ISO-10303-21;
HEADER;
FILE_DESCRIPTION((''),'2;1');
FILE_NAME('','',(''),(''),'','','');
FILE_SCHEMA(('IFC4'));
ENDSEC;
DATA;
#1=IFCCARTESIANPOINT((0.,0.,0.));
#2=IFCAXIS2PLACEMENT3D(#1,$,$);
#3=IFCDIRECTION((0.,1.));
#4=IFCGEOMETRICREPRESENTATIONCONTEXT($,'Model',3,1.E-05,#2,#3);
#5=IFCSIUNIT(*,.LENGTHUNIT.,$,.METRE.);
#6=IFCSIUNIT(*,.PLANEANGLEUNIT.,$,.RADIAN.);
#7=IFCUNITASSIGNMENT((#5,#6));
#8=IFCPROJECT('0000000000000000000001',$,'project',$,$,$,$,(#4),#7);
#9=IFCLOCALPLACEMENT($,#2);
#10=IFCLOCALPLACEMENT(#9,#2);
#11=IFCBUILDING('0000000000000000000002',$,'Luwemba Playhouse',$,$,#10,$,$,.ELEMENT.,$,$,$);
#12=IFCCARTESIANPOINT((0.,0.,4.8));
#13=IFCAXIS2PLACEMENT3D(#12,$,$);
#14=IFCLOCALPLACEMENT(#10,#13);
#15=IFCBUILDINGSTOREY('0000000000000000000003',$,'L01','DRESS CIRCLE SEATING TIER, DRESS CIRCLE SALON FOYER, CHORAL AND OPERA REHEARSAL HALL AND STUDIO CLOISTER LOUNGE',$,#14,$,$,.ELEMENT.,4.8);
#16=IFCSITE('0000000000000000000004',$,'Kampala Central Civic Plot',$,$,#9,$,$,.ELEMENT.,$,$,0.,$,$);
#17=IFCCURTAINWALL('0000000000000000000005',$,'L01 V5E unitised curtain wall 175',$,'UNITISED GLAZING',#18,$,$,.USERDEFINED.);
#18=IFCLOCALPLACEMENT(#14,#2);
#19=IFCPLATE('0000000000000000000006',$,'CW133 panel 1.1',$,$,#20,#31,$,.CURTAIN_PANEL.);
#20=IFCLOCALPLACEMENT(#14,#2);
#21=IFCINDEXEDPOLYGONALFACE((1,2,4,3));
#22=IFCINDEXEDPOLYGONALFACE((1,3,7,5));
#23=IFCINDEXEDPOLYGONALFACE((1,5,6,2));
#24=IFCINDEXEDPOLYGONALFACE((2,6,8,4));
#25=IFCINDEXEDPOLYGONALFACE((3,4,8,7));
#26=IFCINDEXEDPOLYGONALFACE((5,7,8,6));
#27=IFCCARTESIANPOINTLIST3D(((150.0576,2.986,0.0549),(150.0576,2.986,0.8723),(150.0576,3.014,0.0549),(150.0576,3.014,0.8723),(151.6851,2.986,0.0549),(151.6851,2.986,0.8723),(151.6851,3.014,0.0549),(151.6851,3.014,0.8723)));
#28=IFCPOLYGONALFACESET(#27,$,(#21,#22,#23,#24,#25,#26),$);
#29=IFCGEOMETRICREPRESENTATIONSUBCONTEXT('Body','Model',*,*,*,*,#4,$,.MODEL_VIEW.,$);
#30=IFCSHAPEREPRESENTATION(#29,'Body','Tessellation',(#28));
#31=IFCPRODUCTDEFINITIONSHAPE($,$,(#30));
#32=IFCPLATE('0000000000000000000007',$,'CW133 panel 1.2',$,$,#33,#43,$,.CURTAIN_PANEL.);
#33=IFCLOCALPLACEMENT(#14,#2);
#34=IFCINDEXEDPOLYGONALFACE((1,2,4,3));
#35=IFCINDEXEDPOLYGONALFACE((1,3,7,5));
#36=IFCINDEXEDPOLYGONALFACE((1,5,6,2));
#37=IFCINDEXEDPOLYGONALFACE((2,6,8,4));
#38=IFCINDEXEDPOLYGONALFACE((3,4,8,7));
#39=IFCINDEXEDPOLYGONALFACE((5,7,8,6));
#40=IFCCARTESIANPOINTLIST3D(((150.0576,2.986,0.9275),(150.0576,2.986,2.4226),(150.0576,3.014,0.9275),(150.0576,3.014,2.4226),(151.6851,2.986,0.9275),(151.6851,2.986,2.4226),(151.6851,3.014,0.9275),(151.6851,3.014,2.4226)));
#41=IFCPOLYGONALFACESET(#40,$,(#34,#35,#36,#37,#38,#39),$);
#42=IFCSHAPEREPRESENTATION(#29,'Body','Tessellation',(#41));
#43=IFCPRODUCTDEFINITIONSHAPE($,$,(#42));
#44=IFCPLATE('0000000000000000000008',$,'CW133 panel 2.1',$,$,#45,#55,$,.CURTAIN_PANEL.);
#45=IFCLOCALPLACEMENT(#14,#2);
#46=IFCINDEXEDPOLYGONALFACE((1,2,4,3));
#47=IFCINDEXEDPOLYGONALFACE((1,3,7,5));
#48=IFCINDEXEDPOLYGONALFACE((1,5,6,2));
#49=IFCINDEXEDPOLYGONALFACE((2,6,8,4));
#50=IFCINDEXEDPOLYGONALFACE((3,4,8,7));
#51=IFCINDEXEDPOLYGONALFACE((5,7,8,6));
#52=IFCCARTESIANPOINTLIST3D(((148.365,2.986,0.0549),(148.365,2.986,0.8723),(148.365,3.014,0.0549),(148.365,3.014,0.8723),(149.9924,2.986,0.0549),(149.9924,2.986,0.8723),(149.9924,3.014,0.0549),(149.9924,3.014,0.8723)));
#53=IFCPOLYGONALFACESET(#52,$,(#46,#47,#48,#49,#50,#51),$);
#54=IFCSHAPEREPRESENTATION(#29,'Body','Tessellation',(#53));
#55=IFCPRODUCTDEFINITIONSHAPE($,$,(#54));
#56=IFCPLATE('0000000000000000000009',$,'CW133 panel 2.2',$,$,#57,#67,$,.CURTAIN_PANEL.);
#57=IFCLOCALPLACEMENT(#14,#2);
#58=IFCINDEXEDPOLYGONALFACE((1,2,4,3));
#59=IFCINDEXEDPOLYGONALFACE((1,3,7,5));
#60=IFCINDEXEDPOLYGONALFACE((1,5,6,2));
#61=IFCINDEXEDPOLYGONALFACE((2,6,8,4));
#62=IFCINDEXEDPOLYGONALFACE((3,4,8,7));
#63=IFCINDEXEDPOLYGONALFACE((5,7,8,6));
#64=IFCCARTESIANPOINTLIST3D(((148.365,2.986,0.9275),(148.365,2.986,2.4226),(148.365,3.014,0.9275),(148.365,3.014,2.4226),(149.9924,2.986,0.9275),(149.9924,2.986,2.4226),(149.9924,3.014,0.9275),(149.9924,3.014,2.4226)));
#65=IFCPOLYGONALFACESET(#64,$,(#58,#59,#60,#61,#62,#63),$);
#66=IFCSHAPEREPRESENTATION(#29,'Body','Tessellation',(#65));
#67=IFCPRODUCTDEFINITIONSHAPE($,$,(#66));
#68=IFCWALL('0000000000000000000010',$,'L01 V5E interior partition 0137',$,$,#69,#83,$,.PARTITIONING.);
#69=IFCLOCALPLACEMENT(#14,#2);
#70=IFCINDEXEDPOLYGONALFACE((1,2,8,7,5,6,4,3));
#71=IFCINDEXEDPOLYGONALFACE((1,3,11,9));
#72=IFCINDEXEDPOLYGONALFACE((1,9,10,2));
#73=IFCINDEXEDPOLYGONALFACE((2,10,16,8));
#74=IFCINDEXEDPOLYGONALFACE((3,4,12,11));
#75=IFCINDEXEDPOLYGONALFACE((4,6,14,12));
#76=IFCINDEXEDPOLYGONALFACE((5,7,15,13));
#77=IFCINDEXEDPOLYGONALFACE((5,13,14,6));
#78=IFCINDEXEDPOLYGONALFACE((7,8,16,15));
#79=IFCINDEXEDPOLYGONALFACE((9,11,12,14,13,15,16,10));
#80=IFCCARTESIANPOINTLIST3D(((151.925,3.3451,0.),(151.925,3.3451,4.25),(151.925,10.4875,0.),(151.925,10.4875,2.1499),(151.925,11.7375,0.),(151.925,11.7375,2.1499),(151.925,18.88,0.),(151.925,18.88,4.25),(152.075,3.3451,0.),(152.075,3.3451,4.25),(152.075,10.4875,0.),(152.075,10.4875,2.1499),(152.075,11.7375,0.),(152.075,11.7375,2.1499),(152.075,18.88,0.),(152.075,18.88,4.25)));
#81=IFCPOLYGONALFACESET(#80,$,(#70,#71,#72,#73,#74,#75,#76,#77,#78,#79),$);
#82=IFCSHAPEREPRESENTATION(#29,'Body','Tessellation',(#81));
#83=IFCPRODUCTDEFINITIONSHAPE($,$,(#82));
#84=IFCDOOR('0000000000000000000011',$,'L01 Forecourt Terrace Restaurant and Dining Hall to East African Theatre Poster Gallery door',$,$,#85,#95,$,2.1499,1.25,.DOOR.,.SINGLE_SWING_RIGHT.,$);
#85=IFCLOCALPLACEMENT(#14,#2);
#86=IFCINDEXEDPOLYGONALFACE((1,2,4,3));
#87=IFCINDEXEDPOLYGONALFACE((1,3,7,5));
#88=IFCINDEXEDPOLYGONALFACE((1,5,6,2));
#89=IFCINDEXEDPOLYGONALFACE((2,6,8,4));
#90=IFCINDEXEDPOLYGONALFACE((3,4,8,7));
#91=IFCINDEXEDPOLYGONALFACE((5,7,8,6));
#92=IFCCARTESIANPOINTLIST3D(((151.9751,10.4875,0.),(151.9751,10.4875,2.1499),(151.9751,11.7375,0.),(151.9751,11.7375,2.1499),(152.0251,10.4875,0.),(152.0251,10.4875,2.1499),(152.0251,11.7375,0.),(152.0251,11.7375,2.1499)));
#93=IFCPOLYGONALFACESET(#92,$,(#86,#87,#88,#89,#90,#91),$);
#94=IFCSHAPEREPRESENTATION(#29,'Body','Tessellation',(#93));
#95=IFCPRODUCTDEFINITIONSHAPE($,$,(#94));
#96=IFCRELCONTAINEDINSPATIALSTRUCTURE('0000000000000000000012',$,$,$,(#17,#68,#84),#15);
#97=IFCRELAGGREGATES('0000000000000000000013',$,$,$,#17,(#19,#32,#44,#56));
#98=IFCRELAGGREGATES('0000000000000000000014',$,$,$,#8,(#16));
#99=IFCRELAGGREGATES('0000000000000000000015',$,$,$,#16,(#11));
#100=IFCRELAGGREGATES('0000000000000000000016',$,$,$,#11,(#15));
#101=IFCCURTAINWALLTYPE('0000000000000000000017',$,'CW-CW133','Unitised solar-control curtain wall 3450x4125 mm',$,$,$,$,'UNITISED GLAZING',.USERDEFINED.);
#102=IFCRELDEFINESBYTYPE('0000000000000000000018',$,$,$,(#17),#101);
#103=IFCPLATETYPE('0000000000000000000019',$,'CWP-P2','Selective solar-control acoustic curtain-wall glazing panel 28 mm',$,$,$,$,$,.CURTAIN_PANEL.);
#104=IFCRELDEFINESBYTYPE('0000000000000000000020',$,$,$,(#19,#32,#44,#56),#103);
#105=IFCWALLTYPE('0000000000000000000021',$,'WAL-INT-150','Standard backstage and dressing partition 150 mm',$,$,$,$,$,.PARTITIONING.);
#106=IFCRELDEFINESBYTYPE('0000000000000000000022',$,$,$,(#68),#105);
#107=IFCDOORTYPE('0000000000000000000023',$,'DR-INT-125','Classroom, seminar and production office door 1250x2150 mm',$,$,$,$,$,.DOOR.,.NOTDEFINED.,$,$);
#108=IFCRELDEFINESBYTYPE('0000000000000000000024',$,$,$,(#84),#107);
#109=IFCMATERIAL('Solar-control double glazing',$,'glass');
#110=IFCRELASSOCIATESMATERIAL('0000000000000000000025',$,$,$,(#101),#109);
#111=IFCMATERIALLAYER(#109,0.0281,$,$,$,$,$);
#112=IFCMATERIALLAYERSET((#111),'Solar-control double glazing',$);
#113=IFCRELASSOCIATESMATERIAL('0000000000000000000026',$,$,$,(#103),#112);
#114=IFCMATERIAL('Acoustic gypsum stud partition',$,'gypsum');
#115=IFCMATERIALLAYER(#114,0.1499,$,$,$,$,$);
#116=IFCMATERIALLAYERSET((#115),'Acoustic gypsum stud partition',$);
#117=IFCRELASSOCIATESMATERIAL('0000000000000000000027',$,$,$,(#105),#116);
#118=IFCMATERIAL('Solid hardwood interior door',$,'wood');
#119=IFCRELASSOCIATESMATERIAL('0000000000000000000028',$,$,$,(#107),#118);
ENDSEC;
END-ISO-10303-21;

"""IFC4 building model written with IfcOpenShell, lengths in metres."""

from ifc_helpers import new_model, si_unit, direction, frame, frame_2d, origin, origin_2d, place, context, subcontext, project, spatial, rectangle, extrude, material, layer, layer_set, type_object, element, fill, aggregate, save


model = new_model("IFC4")

# Units and contexts
model_context = context("Model", 3, precision=1e-05, world=origin(), true_north=direction((0.0, 1.0)))
body_context = subcontext(model_context, "Body", "Model", "MODEL_VIEW")
ifc_project = project(units=[si_unit("LENGTHUNIT", "METRE"), si_unit("PLANEANGLEUNIT", "RADIAN")], contexts=[model_context])

# Site, building, storey
site_placement = place(None, origin())
site = spatial("IfcSite", under=ifc_project, at=site_placement, Name="Kampala Central Civic Plot", CompositionType="ELEMENT", RefElevation=0.0)
building_placement = place(site_placement, origin())
building = spatial("IfcBuilding", under=site, at=building_placement, Name="Luwemba Playhouse", CompositionType="ELEMENT")
storey_placement = place(building_placement, frame((0.0, 0.0, 4.8)))
storey = spatial("IfcBuildingStorey", under=building, at=storey_placement, Name="L01", Description="DRESS CIRCLE SEATING TIER, DRESS CIRCLE SALON FOYER, CHORAL AND OPERA REHEARSAL HALL AND STUDIO CLOISTER LOUNGE", CompositionType="ELEMENT", Elevation=4.8)

# Curtain wall
ifc_material_1 = material(Name="Solar-control double glazing", Category="glass")
curtain_wall_type_1 = type_object("IfcCurtainWallType", Name="CW-CW133", Description="Unitised solar-control curtain wall 3450x4125 mm", ElementType="UNITISED GLAZING", PredefinedType="USERDEFINED", material=ifc_material_1)
curtain_wall_1_placement = place(storey_placement, origin())
curtain_wall_1 = element("IfcCurtainWall", 1, at=curtain_wall_1_placement, inside=storey, type_object=curtain_wall_type_1, Name="L01 V5E unitised curtain wall 175", ObjectType="UNITISED GLAZING", PredefinedType="USERDEFINED")

# Plates
ifc_layer_1 = layer(ifc_material_1, 0.0281)
ifc_layer_set_1 = layer_set([ifc_layer_1], Name="Solar-control double glazing")
plate_type_1 = type_object("IfcPlateType", Name="CWP-P2", Description="Selective solar-control acoustic curtain-wall glazing panel 28 mm", PredefinedType="CURTAIN_PANEL", material=ifc_layer_set_1)
plate_1_placement = place(storey_placement, frame((150.8713, 3.0, 0.0549), z_axis=(0.0, 0.0, 1.0), x_axis=(-1.0, 0.0, 0.0)))
plate_1 = element("IfcPlate", 2, at=plate_1_placement, type_object=plate_type_1, Name="CW133 panel 1.1", PredefinedType="CURTAIN_PANEL", context=body_context, shape_type="SweptSolid", body=[
    extrude(rectangle(XDim=1.6274, YDim=0.0281, at=origin_2d()), origin(), (0.0, 0.0, 1.0), 0.8174),
])
plate_2_placement = place(storey_placement, frame((150.8713, 3.0, 0.9275), z_axis=(0.0, 0.0, 1.0), x_axis=(-1.0, 0.0, 0.0)))
plate_2 = element("IfcPlate", 3, at=plate_2_placement, type_object=plate_type_1, Name="CW133 panel 1.2", PredefinedType="CURTAIN_PANEL", context=body_context, shape_type="SweptSolid", body=[
    extrude(rectangle(XDim=1.6274, YDim=0.0281, at=origin_2d()), origin(), (0.0, 0.0, 1.0), 1.4951),
])
plate_3_placement = place(storey_placement, frame((149.1787, 3.0, 0.0549), z_axis=(0.0, 0.0, 1.0), x_axis=(-1.0, 0.0, 0.0)))
plate_3 = element("IfcPlate", 4, at=plate_3_placement, type_object=plate_type_1, Name="CW133 panel 2.1", PredefinedType="CURTAIN_PANEL", context=body_context, shape_type="SweptSolid", body=[
    extrude(rectangle(XDim=1.6274, YDim=0.0281, at=origin_2d()), origin(), (0.0, 0.0, 1.0), 0.8174),
])
plate_4_placement = place(storey_placement, frame((149.1787, 3.0, 0.9275), z_axis=(0.0, 0.0, 1.0), x_axis=(-1.0, 0.0, 0.0)))
plate_4 = element("IfcPlate", 5, at=plate_4_placement, type_object=plate_type_1, Name="CW133 panel 2.2", PredefinedType="CURTAIN_PANEL", context=body_context, shape_type="SweptSolid", body=[
    extrude(rectangle(XDim=1.6274, YDim=0.0281, at=origin_2d()), origin(), (0.0, 0.0, 1.0), 1.4951),
])
aggregate(curtain_wall_1, [plate_1, plate_2, plate_3, plate_4])

# Wall, opening, door
ifc_material_2 = material(Name="Acoustic gypsum stud partition", Category="gypsum")
ifc_layer_2 = layer(ifc_material_2, 0.1499)
ifc_layer_set_2 = layer_set([ifc_layer_2], Name="Acoustic gypsum stud partition")
wall_type = type_object("IfcWallType", Name="WAL-INT-150", Description="Standard backstage and dressing partition 150 mm", PredefinedType="PARTITIONING", material=ifc_layer_set_2)
wall_placement = place(storey_placement, frame((152.0, 3.345, 0.0), z_axis=(0.0, 0.0, 1.0), x_axis=(0.0, 1.0, 0.0)))
wall = element("IfcWall", 6, at=wall_placement, inside=storey, type_object=wall_type, Name="L01 V5E interior partition 0137", PredefinedType="PARTITIONING", context=body_context, shape_type="SweptSolid", body=[
    extrude(rectangle(XDim=15.5349, YDim=0.1499, at=frame_2d((7.7676, 0.0))), origin(), (0.0, 0.0, 1.0), 4.25),
])
opening_placement = place(wall_placement, frame((7.1426, 0.0, 0.0)))
opening = element("IfcOpeningElement", 7, at=opening_placement, cuts=wall, PredefinedType="OPENING", context=body_context, shape_type="SweptSolid", body=[
    extrude(rectangle(XDim=1.25, YDim=2.1499, at=frame_2d((0.625, 1.075))), frame((0.0, 0.085, 0.0), z_axis=(0.0, -1.0, 0.0), x_axis=(1.0, 0.0, 0.0)), (0.0, 0.0, 1.0), 0.1699),
])
ifc_material_3 = material(Name="Solid hardwood interior door", Category="wood")
door_type = type_object("IfcDoorType", Name="DR-INT-125", Description="Classroom, seminar and production office door 1250x2150 mm", OperationType="NOTDEFINED", PredefinedType="DOOR", material=ifc_material_3)
door_placement = place(opening_placement, origin())
door = element("IfcDoor", 8, at=door_placement, inside=storey, type_object=door_type, Name="L01 Forecourt Terrace Restaurant and Dining Hall to East African Theatre Poster Gallery door", OperationType="SINGLE_SWING_RIGHT", OverallHeight=2.1499, OverallWidth=1.25, PredefinedType="DOOR", context=body_context, shape_type="SweptSolid", body=[
    extrude(rectangle(XDim=1.25, YDim=2.1499, at=frame_2d((0.625, 1.075))), frame((0.0, 0.0249, 0.0), z_axis=(0.0, -1.0, 0.0), x_axis=(1.0, 0.0, 0.0)), (0.0, 0.0, 1.0), 0.05),
])
fill(opening, door)

save(model, "model.ifc")
